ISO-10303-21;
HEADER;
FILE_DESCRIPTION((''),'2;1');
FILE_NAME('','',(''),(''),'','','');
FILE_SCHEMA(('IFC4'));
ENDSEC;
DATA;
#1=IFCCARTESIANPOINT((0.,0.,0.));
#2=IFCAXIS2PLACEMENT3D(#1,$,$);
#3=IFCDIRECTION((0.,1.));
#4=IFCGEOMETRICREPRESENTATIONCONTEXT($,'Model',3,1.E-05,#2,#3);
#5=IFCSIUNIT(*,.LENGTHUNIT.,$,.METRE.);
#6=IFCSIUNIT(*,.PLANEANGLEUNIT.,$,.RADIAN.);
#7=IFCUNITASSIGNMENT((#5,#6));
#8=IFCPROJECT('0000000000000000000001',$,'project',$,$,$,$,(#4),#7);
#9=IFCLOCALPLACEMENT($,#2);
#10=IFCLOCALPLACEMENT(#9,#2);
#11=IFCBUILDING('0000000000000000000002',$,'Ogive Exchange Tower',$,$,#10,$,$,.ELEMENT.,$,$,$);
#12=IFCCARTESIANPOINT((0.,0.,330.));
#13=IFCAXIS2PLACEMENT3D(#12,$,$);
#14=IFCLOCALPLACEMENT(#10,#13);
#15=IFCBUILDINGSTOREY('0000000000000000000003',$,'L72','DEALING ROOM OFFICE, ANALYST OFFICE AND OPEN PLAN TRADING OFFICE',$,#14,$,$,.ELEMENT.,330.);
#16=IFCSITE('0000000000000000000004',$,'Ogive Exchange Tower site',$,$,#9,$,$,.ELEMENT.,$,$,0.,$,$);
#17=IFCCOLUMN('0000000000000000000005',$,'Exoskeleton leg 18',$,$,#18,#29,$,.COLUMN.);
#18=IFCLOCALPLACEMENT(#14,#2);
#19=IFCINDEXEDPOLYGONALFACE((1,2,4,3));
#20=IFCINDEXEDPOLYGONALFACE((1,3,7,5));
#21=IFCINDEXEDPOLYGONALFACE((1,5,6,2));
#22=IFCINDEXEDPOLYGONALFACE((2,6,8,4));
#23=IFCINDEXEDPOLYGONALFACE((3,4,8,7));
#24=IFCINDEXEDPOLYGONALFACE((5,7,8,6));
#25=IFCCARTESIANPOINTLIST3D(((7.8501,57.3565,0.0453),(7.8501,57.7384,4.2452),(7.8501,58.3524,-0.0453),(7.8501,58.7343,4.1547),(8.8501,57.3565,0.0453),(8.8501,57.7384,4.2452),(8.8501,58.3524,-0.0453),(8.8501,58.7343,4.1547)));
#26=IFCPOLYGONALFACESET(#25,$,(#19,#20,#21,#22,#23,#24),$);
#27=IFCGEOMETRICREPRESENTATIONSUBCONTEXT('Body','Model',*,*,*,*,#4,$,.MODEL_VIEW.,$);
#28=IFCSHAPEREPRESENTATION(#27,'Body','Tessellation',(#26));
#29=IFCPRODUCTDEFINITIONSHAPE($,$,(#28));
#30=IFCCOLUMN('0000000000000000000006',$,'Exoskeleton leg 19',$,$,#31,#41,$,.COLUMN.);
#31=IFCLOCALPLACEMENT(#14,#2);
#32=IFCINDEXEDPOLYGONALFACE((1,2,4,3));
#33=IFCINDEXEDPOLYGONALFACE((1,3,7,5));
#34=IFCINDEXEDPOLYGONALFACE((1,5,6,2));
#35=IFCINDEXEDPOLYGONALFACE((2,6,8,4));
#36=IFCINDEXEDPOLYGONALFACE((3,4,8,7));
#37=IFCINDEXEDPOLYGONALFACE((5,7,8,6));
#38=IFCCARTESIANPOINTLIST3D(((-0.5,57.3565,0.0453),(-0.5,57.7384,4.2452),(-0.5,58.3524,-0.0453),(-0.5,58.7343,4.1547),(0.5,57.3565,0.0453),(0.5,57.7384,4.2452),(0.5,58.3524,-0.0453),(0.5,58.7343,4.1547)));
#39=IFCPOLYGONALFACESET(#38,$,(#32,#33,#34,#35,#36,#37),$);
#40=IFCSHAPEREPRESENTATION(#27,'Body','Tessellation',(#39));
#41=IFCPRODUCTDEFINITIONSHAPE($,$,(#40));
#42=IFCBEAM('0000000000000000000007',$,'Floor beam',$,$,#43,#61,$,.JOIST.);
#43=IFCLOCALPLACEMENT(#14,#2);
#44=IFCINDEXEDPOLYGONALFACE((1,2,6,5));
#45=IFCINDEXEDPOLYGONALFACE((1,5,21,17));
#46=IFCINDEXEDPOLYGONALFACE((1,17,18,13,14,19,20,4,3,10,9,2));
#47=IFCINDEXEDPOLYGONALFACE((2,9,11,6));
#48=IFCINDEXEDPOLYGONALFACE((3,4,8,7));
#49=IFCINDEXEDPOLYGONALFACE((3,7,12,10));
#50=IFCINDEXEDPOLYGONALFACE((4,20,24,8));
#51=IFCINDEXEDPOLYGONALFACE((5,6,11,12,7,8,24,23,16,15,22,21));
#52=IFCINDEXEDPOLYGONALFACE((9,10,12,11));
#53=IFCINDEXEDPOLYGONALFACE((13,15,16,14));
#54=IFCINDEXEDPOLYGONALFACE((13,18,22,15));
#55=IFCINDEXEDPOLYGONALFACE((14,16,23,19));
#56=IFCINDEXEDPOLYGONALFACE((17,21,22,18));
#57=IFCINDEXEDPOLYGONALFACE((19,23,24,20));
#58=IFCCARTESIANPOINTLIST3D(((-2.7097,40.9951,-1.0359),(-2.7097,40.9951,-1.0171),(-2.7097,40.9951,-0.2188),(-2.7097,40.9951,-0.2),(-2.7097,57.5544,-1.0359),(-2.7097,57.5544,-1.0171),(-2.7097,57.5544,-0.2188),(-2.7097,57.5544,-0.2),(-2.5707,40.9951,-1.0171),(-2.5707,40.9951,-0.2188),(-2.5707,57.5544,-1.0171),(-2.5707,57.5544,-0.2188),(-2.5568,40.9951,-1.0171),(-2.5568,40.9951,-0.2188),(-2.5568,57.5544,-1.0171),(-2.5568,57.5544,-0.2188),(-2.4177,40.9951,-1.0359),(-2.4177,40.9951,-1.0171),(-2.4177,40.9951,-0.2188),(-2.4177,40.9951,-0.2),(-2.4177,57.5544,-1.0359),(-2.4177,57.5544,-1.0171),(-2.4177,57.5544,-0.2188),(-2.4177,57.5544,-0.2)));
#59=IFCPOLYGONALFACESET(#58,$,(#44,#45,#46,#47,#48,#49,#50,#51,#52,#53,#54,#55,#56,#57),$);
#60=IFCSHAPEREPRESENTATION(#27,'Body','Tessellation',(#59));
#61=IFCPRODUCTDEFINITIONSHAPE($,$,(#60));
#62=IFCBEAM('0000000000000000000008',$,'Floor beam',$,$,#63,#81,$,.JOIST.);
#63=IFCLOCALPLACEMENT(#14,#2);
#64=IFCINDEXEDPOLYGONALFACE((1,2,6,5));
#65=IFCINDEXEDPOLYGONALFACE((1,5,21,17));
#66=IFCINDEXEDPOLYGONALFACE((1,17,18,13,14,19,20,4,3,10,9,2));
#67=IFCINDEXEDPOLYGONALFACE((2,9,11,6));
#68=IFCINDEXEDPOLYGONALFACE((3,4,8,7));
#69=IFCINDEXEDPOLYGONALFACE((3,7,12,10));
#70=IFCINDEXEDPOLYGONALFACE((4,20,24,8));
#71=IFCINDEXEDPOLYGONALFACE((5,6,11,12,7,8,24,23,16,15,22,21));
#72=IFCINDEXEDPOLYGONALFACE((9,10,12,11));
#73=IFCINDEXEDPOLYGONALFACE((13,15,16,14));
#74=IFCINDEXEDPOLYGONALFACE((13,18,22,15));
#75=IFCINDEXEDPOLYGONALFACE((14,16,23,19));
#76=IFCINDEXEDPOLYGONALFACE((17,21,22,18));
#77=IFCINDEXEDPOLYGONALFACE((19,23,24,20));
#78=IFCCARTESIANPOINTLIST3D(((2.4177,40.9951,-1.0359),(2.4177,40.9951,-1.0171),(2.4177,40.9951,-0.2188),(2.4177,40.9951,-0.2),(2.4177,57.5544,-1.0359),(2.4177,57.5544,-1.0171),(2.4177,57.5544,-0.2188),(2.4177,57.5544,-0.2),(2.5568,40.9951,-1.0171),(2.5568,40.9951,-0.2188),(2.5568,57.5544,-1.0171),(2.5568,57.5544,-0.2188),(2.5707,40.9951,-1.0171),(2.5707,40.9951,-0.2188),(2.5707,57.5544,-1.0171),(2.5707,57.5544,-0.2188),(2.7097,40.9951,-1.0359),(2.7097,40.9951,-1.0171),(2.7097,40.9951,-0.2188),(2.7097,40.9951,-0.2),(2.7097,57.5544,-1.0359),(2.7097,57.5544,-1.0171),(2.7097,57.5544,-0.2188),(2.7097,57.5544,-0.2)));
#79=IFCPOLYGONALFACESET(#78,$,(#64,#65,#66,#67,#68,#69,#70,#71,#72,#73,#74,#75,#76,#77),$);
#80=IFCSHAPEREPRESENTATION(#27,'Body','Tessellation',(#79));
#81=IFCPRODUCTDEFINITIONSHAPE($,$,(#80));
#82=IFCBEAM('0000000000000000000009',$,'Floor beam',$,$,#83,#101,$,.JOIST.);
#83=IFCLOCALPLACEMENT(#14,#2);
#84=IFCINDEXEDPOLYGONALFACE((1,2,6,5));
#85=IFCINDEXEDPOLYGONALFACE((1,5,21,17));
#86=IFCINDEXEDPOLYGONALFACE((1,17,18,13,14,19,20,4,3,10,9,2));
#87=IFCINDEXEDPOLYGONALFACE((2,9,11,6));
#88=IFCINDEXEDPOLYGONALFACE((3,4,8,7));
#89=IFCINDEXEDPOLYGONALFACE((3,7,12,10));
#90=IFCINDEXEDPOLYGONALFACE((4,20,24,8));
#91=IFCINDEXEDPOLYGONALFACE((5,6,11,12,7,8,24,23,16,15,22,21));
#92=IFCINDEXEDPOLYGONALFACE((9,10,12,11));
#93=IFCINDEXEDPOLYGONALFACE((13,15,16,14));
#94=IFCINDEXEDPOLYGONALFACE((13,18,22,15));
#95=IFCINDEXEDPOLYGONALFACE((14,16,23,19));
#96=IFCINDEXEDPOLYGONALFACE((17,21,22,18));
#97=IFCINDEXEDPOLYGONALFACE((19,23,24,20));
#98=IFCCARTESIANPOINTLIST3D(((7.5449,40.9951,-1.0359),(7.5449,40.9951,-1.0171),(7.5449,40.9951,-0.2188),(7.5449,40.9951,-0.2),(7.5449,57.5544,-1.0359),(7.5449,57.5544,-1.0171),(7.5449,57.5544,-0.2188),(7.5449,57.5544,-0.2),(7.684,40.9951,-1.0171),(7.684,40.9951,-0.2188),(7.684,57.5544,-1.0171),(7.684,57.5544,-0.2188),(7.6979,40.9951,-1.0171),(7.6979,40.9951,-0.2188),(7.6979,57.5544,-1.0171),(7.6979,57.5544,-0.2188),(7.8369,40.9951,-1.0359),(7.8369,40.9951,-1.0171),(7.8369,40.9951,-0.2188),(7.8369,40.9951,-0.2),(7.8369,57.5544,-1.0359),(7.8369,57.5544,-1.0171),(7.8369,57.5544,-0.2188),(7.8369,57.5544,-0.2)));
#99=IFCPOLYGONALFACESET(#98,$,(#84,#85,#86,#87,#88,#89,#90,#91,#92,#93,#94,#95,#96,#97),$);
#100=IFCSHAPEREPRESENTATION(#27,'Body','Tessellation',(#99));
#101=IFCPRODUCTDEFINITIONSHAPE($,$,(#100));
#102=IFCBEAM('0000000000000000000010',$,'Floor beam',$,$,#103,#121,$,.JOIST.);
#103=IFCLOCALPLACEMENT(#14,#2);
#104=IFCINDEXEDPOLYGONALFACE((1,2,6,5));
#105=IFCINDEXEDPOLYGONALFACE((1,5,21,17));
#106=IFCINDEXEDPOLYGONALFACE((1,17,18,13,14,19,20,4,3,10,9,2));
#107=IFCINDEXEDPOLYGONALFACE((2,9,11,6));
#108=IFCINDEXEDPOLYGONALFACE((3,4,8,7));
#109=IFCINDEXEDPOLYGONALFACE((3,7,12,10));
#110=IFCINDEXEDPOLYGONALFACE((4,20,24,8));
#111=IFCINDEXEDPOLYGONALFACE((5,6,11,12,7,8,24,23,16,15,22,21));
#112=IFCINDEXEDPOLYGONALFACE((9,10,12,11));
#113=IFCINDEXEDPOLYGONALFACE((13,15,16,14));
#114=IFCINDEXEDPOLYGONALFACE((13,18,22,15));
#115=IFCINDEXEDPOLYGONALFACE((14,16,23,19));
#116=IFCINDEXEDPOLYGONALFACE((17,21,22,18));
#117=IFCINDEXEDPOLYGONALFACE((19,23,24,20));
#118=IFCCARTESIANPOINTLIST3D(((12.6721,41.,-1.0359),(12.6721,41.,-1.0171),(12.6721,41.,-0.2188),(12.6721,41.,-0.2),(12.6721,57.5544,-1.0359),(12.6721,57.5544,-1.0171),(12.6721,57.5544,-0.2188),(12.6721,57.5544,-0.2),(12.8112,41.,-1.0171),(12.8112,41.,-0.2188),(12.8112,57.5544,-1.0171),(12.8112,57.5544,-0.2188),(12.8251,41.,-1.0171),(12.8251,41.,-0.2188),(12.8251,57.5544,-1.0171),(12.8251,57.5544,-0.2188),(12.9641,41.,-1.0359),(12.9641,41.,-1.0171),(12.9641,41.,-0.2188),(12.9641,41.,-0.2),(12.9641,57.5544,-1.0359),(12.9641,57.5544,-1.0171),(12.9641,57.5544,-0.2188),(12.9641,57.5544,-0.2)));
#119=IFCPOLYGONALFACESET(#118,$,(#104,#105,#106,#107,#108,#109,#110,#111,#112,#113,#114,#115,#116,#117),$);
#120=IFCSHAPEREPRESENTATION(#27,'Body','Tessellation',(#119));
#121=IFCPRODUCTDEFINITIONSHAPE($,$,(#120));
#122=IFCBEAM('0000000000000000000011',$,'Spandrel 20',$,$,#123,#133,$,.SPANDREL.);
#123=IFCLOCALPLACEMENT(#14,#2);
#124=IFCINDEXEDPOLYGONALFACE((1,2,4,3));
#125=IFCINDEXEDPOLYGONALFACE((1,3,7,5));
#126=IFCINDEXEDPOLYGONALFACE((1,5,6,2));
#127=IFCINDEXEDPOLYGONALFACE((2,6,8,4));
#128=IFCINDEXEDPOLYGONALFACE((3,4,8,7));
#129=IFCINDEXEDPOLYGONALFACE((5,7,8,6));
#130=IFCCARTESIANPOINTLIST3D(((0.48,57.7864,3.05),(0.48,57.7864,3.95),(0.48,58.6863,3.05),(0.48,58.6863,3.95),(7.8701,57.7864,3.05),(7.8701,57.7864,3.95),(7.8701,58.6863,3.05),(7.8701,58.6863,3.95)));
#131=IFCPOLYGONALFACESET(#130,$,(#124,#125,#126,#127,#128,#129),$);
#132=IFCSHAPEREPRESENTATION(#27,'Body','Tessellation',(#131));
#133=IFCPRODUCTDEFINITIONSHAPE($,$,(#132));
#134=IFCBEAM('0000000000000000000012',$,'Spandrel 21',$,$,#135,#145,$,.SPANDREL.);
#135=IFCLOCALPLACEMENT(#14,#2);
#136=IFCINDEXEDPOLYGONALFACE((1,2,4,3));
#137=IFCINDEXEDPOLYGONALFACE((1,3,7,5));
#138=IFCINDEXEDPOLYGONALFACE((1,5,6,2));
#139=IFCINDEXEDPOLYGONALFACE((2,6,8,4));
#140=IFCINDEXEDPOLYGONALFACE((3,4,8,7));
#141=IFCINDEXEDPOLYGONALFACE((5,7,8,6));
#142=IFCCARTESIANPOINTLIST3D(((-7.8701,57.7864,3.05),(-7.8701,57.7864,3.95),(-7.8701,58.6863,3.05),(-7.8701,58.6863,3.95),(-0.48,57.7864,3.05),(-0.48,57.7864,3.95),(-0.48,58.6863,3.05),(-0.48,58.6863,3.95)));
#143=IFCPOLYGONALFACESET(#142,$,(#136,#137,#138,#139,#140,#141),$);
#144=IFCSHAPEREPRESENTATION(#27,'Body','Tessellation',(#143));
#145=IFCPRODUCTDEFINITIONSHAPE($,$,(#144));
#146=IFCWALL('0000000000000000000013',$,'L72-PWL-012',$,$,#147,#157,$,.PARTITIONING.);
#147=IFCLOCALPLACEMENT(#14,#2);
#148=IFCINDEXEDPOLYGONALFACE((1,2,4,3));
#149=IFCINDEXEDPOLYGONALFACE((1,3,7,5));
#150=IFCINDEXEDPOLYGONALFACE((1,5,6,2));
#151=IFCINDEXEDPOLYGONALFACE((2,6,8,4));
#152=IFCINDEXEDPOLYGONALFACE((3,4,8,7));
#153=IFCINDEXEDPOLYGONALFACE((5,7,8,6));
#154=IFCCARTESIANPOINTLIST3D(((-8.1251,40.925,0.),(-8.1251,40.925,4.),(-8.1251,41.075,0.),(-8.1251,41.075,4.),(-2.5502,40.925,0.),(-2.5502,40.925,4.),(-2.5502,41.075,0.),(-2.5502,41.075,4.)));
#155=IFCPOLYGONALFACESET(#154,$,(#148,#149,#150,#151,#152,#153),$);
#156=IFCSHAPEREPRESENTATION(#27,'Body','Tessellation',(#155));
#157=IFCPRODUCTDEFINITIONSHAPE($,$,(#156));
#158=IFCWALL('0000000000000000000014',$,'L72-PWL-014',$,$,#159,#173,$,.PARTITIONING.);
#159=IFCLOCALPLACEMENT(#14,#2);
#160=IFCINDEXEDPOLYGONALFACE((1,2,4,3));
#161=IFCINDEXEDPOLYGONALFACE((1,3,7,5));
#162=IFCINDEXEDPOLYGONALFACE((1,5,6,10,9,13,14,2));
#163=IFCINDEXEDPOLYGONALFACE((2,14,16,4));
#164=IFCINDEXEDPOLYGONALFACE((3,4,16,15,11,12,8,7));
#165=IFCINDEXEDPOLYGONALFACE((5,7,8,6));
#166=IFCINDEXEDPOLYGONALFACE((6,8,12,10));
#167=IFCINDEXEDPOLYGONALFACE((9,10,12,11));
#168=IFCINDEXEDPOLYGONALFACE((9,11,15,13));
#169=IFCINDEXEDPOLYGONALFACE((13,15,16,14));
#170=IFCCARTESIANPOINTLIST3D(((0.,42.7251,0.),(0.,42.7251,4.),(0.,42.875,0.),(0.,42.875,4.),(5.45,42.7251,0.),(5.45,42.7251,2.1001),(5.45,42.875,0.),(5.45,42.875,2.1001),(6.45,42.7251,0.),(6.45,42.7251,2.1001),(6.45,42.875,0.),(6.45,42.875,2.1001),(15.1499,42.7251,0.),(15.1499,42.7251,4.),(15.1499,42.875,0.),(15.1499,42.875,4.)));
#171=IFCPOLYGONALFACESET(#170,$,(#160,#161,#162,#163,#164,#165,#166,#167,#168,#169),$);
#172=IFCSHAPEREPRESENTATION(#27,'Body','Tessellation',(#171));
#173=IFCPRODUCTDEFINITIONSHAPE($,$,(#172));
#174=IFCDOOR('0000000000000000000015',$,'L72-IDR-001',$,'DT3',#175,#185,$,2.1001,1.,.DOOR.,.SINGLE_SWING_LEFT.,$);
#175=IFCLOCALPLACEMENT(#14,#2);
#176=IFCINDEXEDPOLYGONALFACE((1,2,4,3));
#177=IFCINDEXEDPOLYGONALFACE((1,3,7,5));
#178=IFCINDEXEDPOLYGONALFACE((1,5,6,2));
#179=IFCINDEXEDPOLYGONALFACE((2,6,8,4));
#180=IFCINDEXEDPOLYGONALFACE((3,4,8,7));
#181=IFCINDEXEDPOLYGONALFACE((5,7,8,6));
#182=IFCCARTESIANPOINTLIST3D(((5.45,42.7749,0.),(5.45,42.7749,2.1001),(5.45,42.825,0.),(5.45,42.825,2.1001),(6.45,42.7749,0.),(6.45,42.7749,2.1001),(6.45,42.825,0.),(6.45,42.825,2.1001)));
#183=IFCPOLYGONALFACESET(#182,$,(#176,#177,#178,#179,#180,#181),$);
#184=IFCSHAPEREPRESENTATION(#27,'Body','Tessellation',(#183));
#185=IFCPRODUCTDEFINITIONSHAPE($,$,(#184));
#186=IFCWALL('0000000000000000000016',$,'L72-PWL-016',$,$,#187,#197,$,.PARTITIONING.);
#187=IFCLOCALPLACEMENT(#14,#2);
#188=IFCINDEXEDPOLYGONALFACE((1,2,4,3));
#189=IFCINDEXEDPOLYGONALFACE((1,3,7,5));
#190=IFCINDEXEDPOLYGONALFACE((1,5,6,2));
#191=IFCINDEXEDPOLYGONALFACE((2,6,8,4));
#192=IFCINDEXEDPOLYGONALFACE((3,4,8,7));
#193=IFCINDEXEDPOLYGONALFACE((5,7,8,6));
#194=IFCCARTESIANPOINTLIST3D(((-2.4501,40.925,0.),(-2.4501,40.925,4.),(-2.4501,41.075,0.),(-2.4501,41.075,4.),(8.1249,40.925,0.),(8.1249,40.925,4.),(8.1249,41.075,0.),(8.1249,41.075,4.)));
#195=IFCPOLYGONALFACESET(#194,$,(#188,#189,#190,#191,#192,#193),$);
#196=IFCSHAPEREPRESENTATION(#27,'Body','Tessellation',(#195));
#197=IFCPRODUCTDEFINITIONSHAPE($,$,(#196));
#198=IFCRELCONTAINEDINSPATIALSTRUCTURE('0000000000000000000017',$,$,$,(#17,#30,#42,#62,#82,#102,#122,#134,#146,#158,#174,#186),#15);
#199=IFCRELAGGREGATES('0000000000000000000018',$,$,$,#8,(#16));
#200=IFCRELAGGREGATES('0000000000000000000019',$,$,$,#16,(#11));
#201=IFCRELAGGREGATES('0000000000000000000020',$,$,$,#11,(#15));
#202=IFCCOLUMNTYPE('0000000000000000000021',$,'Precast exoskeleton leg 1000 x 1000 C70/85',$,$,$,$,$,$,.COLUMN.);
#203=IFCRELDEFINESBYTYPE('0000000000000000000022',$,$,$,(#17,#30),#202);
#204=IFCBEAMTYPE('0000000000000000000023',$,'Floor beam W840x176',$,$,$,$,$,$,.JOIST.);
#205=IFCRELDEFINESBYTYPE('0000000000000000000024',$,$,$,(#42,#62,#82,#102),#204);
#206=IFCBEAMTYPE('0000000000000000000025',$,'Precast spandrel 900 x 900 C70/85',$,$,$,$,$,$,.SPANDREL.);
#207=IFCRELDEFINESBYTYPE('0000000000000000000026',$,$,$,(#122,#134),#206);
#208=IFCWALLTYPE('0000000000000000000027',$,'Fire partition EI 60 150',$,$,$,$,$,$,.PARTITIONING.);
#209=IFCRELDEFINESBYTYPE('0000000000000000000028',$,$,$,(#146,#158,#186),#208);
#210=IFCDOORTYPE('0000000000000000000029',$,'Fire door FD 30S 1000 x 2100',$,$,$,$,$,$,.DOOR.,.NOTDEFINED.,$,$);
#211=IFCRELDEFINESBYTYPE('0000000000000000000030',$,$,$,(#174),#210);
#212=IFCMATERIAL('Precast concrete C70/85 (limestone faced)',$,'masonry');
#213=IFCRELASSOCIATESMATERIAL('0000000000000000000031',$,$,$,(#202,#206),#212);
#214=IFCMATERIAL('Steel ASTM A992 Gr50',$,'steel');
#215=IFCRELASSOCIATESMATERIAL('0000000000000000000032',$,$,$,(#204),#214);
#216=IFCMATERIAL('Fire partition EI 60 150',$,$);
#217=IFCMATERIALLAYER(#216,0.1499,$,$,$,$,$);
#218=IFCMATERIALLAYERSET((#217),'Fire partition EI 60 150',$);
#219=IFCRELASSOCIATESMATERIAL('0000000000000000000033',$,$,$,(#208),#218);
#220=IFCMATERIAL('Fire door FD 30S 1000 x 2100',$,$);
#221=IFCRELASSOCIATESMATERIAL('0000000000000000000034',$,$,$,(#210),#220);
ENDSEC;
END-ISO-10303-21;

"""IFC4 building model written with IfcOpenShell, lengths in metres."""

from ifc_helpers import new_model, si_unit, direction, frame, frame_2d, origin, origin_2d, place, context, subcontext, project, spatial, rectangle, i_section, extrude, material, layer, layer_set, material_profile, profile_set, type_object, element, fill, save


model = new_model("IFC4")

# Units and contexts
model_context = context("Model", 3, precision=1e-05, world=origin(), true_north=direction((0.0, 1.0)))
body_context = subcontext(model_context, "Body", "Model", "MODEL_VIEW")
ifc_project = project(units=[si_unit("LENGTHUNIT", "METRE"), si_unit("PLANEANGLEUNIT", "RADIAN")], contexts=[model_context])

# Site, building, storey
site_placement = place(None, origin())
site = spatial("IfcSite", under=ifc_project, at=site_placement, Name="Ogive Exchange Tower site", CompositionType="ELEMENT", RefElevation=0.0)
building_placement = place(site_placement, origin())
building = spatial("IfcBuilding", under=site, at=building_placement, Name="Ogive Exchange Tower", CompositionType="ELEMENT")
storey_placement = place(building_placement, frame((0.0, 0.0, 330.0)))
storey = spatial("IfcBuildingStorey", under=building, at=storey_placement, Name="L72", Description="DEALING ROOM OFFICE, ANALYST OFFICE AND OPEN PLAN TRADING OFFICE", CompositionType="ELEMENT", Elevation=330.0)

# Columns
ifc_material_1 = material(Name="Precast concrete C70/85 (limestone faced)", Category="masonry")
ifc_material_profile_1 = material_profile(ifc_material_1, rectangle(XDim=1.0, YDim=1.0, at=origin_2d()), Name="1000 x 1000")
ifc_profile_set_1 = profile_set([ifc_material_profile_1], Name="Precast concrete C70/85 (limestone faced)")
column_type = type_object("IfcColumnType", Name="Precast exoskeleton leg 1000 x 1000 C70/85", PredefinedType="COLUMN", material=ifc_profile_set_1)
for number, where, z_axis, x_axis, name in (
    (1, (8.3501, 57.8545, 0.0), (0.0, 0.090541, 0.995893), (-1.0, 0.0, 0.0), "Exoskeleton leg 18"),
    (2, (0.0, 57.8545, 0.0), (0.0, 0.090541, 0.995893), (-1.0, 0.0, 0.0), "Exoskeleton leg 19"),
):
    element("IfcColumn", number, at=place(storey_placement, frame(where, z_axis=z_axis, x_axis=x_axis)), inside=storey, type_object=column_type, Name=name, PredefinedType="COLUMN", context=body_context, shape_type="SweptSolid", body=[
        extrude(rectangle(XDim=1.0, YDim=1.0, at=origin_2d()), origin(), (0.0, 0.0, 1.0), 4.2173),
    ])

# Beams
ifc_material_2 = material(Name="Steel ASTM A992 Gr50", Category="steel")
ifc_material_profile_2 = material_profile(ifc_material_2, i_section(OverallWidth=0.292, OverallDepth=0.8359, WebThickness=0.0139, FlangeThickness=0.0188, at=origin_2d()), Name="W840x176")
ifc_profile_set_2 = profile_set([ifc_material_profile_2], Name="Steel ASTM A992 Gr50")
beam_type_1 = type_object("IfcBeamType", Name="Floor beam W840x176", PredefinedType="JOIST", material=ifc_profile_set_2)
for number, where, z_axis, x_axis, name in (
    (3, (-2.5637, 40.9951, -0.6179), (0.0, 1.0, 0.0), (-1.0, 0.0, 0.0), "Floor beam"),
    (4, (2.5637, 40.9951, -0.6179), (0.0, 1.0, 0.0), (-1.0, 0.0, 0.0), "Floor beam"),
    (5, (7.6909, 40.9951, -0.6179), (0.0, 1.0, 0.0), (-1.0, 0.0, 0.0), "Floor beam"),
):
    element("IfcBeam", number, at=place(storey_placement, frame(where, z_axis=z_axis, x_axis=x_axis)), inside=storey, type_object=beam_type_1, Name=name, PredefinedType="JOIST", context=body_context, shape_type="SweptSolid", body=[
        extrude(i_section(OverallWidth=0.292, OverallDepth=0.8359, WebThickness=0.0139, FlangeThickness=0.0188, at=origin_2d()), origin(), (0.0, 0.0, 1.0), 16.5593),
    ])
beam_placement = place(storey_placement, frame((12.8181, 41.0, -0.6179), z_axis=(0.0, 1.0, 0.0), x_axis=(-1.0, 0.0, 0.0)))
element("IfcBeam", 6, at=beam_placement, inside=storey, type_object=beam_type_1, Name="Floor beam", PredefinedType="JOIST", context=body_context, shape_type="SweptSolid", body=[
    extrude(i_section(OverallWidth=0.292, OverallDepth=0.8359, WebThickness=0.0139, FlangeThickness=0.0188, at=origin_2d()), origin(), (0.0, 0.0, 1.0), 16.5544),
])
ifc_material_profile_3 = material_profile(ifc_material_1, rectangle(XDim=0.8999, YDim=0.8999, at=origin_2d()), Name="900 x 900")
ifc_profile_set_3 = profile_set([ifc_material_profile_3], Name="Precast concrete C70/85 (limestone faced)")
beam_type_2 = type_object("IfcBeamType", Name="Precast spandrel 900 x 900 C70/85", PredefinedType="SPANDREL", material=ifc_profile_set_3)
for number, where, z_axis, x_axis, name in (
    (7, (7.8701, 58.2363, 3.5), (-1.0, 0.0, 0.0), (0.0, -1.0, 0.0), "Spandrel 20"),
    (8, (-0.48, 58.2363, 3.5), (-1.0, 0.0, 0.0), (0.0, -1.0, 0.0), "Spandrel 21"),
):
    element("IfcBeam", number, at=place(storey_placement, frame(where, z_axis=z_axis, x_axis=x_axis)), inside=storey, type_object=beam_type_2, Name=name, PredefinedType="SPANDREL", context=body_context, shape_type="SweptSolid", body=[
        extrude(rectangle(XDim=0.8999, YDim=0.8999, at=origin_2d()), origin(), (0.0, 0.0, 1.0), 7.3901),
    ])

# Wall
ifc_material_3 = material(Name="Fire partition EI 60 150")
ifc_layer_1 = layer(ifc_material_3, 0.1499)
ifc_layer_set_1 = layer_set([ifc_layer_1], Name="Fire partition EI 60 150")
wall_type_1 = type_object("IfcWallType", Name="Fire partition EI 60 150", PredefinedType="PARTITIONING", material=ifc_layer_set_1)
wall_1_placement = place(storey_placement, frame((-2.55, 41.0, 0.0), z_axis=(0.0, 0.0, 1.0), x_axis=(-1.0, 0.0, 0.0)))
element("IfcWall", 9, at=wall_1_placement, inside=storey, type_object=wall_type_1, Name="L72-PWL-012", PredefinedType="PARTITIONING", context=body_context, shape_type="SweptSolid", body=[
    extrude(rectangle(XDim=5.575, YDim=0.1499, at=frame_2d((2.7876, 0.0))), origin(), (0.0, 0.0, 1.0), 4.0),
])

# Wall, opening, door
wall_2_placement = place(storey_placement, frame((0.0, 42.8, 0.0), z_axis=(0.0, 0.0, 1.0), x_axis=(1.0, 0.0, 0.0)))
wall_2 = element("IfcWall", 10, at=wall_2_placement, inside=storey, type_object=wall_type_1, Name="L72-PWL-014", PredefinedType="PARTITIONING", context=body_context, shape_type="SweptSolid", body=[
    extrude(rectangle(XDim=15.1499, YDim=0.1499, at=frame_2d((7.575, 0.0))), origin(), (0.0, 0.0, 1.0), 4.0),
])
opening_1_placement = place(wall_2_placement, frame((5.45, 0.0, 0.0)))
opening_1 = element("IfcOpeningElement", 11, at=opening_1_placement, cuts=wall_2, PredefinedType="OPENING", context=body_context, shape_type="SweptSolid", body=[
    extrude(rectangle(XDim=1.0, YDim=2.1001, at=frame_2d((0.5, 1.05))), frame((0.0, 0.085, 0.0), z_axis=(0.0, -1.0, 0.0), x_axis=(1.0, 0.0, 0.0)), (0.0, 0.0, 1.0), 0.1699),
])
ifc_material_4 = material(Name="Fire door FD 30S 1000 x 2100")
door_type = type_object("IfcDoorType", Name="Fire door FD 30S 1000 x 2100", OperationType="NOTDEFINED", PredefinedType="DOOR", material=ifc_material_4)
door_1_placement = place(opening_1_placement, origin())
door_1 = element("IfcDoor", 12, at=door_1_placement, inside=storey, type_object=door_type, Name="L72-IDR-001", ObjectType="DT3", OperationType="SINGLE_SWING_LEFT", OverallHeight=2.1001, OverallWidth=1.0, PredefinedType="DOOR", context=body_context, shape_type="SweptSolid", body=[
    extrude(rectangle(XDim=1.0, YDim=2.1001, at=frame_2d((0.5, 1.05))), frame((0.0, 0.0249, 0.0), z_axis=(0.0, -1.0, 0.0), x_axis=(1.0, 0.0, 0.0)), (0.0, 0.0, 1.0), 0.05),
])
fill(opening_1, door_1)

# Wall
wall_3_placement = place(storey_placement, frame((8.125, 41.0, 0.0), z_axis=(0.0, 0.0, 1.0), x_axis=(-1.0, 0.0, 0.0)))
element("IfcWall", 13, at=wall_3_placement, inside=storey, type_object=wall_type_1, Name="L72-PWL-016", PredefinedType="PARTITIONING", context=body_context, shape_type="SweptSolid", body=[
    extrude(rectangle(XDim=10.575, YDim=0.1499, at=frame_2d((5.2876, 0.0))), origin(), (0.0, 0.0, 1.0), 4.0),
])

save(model, "model.ifc")
